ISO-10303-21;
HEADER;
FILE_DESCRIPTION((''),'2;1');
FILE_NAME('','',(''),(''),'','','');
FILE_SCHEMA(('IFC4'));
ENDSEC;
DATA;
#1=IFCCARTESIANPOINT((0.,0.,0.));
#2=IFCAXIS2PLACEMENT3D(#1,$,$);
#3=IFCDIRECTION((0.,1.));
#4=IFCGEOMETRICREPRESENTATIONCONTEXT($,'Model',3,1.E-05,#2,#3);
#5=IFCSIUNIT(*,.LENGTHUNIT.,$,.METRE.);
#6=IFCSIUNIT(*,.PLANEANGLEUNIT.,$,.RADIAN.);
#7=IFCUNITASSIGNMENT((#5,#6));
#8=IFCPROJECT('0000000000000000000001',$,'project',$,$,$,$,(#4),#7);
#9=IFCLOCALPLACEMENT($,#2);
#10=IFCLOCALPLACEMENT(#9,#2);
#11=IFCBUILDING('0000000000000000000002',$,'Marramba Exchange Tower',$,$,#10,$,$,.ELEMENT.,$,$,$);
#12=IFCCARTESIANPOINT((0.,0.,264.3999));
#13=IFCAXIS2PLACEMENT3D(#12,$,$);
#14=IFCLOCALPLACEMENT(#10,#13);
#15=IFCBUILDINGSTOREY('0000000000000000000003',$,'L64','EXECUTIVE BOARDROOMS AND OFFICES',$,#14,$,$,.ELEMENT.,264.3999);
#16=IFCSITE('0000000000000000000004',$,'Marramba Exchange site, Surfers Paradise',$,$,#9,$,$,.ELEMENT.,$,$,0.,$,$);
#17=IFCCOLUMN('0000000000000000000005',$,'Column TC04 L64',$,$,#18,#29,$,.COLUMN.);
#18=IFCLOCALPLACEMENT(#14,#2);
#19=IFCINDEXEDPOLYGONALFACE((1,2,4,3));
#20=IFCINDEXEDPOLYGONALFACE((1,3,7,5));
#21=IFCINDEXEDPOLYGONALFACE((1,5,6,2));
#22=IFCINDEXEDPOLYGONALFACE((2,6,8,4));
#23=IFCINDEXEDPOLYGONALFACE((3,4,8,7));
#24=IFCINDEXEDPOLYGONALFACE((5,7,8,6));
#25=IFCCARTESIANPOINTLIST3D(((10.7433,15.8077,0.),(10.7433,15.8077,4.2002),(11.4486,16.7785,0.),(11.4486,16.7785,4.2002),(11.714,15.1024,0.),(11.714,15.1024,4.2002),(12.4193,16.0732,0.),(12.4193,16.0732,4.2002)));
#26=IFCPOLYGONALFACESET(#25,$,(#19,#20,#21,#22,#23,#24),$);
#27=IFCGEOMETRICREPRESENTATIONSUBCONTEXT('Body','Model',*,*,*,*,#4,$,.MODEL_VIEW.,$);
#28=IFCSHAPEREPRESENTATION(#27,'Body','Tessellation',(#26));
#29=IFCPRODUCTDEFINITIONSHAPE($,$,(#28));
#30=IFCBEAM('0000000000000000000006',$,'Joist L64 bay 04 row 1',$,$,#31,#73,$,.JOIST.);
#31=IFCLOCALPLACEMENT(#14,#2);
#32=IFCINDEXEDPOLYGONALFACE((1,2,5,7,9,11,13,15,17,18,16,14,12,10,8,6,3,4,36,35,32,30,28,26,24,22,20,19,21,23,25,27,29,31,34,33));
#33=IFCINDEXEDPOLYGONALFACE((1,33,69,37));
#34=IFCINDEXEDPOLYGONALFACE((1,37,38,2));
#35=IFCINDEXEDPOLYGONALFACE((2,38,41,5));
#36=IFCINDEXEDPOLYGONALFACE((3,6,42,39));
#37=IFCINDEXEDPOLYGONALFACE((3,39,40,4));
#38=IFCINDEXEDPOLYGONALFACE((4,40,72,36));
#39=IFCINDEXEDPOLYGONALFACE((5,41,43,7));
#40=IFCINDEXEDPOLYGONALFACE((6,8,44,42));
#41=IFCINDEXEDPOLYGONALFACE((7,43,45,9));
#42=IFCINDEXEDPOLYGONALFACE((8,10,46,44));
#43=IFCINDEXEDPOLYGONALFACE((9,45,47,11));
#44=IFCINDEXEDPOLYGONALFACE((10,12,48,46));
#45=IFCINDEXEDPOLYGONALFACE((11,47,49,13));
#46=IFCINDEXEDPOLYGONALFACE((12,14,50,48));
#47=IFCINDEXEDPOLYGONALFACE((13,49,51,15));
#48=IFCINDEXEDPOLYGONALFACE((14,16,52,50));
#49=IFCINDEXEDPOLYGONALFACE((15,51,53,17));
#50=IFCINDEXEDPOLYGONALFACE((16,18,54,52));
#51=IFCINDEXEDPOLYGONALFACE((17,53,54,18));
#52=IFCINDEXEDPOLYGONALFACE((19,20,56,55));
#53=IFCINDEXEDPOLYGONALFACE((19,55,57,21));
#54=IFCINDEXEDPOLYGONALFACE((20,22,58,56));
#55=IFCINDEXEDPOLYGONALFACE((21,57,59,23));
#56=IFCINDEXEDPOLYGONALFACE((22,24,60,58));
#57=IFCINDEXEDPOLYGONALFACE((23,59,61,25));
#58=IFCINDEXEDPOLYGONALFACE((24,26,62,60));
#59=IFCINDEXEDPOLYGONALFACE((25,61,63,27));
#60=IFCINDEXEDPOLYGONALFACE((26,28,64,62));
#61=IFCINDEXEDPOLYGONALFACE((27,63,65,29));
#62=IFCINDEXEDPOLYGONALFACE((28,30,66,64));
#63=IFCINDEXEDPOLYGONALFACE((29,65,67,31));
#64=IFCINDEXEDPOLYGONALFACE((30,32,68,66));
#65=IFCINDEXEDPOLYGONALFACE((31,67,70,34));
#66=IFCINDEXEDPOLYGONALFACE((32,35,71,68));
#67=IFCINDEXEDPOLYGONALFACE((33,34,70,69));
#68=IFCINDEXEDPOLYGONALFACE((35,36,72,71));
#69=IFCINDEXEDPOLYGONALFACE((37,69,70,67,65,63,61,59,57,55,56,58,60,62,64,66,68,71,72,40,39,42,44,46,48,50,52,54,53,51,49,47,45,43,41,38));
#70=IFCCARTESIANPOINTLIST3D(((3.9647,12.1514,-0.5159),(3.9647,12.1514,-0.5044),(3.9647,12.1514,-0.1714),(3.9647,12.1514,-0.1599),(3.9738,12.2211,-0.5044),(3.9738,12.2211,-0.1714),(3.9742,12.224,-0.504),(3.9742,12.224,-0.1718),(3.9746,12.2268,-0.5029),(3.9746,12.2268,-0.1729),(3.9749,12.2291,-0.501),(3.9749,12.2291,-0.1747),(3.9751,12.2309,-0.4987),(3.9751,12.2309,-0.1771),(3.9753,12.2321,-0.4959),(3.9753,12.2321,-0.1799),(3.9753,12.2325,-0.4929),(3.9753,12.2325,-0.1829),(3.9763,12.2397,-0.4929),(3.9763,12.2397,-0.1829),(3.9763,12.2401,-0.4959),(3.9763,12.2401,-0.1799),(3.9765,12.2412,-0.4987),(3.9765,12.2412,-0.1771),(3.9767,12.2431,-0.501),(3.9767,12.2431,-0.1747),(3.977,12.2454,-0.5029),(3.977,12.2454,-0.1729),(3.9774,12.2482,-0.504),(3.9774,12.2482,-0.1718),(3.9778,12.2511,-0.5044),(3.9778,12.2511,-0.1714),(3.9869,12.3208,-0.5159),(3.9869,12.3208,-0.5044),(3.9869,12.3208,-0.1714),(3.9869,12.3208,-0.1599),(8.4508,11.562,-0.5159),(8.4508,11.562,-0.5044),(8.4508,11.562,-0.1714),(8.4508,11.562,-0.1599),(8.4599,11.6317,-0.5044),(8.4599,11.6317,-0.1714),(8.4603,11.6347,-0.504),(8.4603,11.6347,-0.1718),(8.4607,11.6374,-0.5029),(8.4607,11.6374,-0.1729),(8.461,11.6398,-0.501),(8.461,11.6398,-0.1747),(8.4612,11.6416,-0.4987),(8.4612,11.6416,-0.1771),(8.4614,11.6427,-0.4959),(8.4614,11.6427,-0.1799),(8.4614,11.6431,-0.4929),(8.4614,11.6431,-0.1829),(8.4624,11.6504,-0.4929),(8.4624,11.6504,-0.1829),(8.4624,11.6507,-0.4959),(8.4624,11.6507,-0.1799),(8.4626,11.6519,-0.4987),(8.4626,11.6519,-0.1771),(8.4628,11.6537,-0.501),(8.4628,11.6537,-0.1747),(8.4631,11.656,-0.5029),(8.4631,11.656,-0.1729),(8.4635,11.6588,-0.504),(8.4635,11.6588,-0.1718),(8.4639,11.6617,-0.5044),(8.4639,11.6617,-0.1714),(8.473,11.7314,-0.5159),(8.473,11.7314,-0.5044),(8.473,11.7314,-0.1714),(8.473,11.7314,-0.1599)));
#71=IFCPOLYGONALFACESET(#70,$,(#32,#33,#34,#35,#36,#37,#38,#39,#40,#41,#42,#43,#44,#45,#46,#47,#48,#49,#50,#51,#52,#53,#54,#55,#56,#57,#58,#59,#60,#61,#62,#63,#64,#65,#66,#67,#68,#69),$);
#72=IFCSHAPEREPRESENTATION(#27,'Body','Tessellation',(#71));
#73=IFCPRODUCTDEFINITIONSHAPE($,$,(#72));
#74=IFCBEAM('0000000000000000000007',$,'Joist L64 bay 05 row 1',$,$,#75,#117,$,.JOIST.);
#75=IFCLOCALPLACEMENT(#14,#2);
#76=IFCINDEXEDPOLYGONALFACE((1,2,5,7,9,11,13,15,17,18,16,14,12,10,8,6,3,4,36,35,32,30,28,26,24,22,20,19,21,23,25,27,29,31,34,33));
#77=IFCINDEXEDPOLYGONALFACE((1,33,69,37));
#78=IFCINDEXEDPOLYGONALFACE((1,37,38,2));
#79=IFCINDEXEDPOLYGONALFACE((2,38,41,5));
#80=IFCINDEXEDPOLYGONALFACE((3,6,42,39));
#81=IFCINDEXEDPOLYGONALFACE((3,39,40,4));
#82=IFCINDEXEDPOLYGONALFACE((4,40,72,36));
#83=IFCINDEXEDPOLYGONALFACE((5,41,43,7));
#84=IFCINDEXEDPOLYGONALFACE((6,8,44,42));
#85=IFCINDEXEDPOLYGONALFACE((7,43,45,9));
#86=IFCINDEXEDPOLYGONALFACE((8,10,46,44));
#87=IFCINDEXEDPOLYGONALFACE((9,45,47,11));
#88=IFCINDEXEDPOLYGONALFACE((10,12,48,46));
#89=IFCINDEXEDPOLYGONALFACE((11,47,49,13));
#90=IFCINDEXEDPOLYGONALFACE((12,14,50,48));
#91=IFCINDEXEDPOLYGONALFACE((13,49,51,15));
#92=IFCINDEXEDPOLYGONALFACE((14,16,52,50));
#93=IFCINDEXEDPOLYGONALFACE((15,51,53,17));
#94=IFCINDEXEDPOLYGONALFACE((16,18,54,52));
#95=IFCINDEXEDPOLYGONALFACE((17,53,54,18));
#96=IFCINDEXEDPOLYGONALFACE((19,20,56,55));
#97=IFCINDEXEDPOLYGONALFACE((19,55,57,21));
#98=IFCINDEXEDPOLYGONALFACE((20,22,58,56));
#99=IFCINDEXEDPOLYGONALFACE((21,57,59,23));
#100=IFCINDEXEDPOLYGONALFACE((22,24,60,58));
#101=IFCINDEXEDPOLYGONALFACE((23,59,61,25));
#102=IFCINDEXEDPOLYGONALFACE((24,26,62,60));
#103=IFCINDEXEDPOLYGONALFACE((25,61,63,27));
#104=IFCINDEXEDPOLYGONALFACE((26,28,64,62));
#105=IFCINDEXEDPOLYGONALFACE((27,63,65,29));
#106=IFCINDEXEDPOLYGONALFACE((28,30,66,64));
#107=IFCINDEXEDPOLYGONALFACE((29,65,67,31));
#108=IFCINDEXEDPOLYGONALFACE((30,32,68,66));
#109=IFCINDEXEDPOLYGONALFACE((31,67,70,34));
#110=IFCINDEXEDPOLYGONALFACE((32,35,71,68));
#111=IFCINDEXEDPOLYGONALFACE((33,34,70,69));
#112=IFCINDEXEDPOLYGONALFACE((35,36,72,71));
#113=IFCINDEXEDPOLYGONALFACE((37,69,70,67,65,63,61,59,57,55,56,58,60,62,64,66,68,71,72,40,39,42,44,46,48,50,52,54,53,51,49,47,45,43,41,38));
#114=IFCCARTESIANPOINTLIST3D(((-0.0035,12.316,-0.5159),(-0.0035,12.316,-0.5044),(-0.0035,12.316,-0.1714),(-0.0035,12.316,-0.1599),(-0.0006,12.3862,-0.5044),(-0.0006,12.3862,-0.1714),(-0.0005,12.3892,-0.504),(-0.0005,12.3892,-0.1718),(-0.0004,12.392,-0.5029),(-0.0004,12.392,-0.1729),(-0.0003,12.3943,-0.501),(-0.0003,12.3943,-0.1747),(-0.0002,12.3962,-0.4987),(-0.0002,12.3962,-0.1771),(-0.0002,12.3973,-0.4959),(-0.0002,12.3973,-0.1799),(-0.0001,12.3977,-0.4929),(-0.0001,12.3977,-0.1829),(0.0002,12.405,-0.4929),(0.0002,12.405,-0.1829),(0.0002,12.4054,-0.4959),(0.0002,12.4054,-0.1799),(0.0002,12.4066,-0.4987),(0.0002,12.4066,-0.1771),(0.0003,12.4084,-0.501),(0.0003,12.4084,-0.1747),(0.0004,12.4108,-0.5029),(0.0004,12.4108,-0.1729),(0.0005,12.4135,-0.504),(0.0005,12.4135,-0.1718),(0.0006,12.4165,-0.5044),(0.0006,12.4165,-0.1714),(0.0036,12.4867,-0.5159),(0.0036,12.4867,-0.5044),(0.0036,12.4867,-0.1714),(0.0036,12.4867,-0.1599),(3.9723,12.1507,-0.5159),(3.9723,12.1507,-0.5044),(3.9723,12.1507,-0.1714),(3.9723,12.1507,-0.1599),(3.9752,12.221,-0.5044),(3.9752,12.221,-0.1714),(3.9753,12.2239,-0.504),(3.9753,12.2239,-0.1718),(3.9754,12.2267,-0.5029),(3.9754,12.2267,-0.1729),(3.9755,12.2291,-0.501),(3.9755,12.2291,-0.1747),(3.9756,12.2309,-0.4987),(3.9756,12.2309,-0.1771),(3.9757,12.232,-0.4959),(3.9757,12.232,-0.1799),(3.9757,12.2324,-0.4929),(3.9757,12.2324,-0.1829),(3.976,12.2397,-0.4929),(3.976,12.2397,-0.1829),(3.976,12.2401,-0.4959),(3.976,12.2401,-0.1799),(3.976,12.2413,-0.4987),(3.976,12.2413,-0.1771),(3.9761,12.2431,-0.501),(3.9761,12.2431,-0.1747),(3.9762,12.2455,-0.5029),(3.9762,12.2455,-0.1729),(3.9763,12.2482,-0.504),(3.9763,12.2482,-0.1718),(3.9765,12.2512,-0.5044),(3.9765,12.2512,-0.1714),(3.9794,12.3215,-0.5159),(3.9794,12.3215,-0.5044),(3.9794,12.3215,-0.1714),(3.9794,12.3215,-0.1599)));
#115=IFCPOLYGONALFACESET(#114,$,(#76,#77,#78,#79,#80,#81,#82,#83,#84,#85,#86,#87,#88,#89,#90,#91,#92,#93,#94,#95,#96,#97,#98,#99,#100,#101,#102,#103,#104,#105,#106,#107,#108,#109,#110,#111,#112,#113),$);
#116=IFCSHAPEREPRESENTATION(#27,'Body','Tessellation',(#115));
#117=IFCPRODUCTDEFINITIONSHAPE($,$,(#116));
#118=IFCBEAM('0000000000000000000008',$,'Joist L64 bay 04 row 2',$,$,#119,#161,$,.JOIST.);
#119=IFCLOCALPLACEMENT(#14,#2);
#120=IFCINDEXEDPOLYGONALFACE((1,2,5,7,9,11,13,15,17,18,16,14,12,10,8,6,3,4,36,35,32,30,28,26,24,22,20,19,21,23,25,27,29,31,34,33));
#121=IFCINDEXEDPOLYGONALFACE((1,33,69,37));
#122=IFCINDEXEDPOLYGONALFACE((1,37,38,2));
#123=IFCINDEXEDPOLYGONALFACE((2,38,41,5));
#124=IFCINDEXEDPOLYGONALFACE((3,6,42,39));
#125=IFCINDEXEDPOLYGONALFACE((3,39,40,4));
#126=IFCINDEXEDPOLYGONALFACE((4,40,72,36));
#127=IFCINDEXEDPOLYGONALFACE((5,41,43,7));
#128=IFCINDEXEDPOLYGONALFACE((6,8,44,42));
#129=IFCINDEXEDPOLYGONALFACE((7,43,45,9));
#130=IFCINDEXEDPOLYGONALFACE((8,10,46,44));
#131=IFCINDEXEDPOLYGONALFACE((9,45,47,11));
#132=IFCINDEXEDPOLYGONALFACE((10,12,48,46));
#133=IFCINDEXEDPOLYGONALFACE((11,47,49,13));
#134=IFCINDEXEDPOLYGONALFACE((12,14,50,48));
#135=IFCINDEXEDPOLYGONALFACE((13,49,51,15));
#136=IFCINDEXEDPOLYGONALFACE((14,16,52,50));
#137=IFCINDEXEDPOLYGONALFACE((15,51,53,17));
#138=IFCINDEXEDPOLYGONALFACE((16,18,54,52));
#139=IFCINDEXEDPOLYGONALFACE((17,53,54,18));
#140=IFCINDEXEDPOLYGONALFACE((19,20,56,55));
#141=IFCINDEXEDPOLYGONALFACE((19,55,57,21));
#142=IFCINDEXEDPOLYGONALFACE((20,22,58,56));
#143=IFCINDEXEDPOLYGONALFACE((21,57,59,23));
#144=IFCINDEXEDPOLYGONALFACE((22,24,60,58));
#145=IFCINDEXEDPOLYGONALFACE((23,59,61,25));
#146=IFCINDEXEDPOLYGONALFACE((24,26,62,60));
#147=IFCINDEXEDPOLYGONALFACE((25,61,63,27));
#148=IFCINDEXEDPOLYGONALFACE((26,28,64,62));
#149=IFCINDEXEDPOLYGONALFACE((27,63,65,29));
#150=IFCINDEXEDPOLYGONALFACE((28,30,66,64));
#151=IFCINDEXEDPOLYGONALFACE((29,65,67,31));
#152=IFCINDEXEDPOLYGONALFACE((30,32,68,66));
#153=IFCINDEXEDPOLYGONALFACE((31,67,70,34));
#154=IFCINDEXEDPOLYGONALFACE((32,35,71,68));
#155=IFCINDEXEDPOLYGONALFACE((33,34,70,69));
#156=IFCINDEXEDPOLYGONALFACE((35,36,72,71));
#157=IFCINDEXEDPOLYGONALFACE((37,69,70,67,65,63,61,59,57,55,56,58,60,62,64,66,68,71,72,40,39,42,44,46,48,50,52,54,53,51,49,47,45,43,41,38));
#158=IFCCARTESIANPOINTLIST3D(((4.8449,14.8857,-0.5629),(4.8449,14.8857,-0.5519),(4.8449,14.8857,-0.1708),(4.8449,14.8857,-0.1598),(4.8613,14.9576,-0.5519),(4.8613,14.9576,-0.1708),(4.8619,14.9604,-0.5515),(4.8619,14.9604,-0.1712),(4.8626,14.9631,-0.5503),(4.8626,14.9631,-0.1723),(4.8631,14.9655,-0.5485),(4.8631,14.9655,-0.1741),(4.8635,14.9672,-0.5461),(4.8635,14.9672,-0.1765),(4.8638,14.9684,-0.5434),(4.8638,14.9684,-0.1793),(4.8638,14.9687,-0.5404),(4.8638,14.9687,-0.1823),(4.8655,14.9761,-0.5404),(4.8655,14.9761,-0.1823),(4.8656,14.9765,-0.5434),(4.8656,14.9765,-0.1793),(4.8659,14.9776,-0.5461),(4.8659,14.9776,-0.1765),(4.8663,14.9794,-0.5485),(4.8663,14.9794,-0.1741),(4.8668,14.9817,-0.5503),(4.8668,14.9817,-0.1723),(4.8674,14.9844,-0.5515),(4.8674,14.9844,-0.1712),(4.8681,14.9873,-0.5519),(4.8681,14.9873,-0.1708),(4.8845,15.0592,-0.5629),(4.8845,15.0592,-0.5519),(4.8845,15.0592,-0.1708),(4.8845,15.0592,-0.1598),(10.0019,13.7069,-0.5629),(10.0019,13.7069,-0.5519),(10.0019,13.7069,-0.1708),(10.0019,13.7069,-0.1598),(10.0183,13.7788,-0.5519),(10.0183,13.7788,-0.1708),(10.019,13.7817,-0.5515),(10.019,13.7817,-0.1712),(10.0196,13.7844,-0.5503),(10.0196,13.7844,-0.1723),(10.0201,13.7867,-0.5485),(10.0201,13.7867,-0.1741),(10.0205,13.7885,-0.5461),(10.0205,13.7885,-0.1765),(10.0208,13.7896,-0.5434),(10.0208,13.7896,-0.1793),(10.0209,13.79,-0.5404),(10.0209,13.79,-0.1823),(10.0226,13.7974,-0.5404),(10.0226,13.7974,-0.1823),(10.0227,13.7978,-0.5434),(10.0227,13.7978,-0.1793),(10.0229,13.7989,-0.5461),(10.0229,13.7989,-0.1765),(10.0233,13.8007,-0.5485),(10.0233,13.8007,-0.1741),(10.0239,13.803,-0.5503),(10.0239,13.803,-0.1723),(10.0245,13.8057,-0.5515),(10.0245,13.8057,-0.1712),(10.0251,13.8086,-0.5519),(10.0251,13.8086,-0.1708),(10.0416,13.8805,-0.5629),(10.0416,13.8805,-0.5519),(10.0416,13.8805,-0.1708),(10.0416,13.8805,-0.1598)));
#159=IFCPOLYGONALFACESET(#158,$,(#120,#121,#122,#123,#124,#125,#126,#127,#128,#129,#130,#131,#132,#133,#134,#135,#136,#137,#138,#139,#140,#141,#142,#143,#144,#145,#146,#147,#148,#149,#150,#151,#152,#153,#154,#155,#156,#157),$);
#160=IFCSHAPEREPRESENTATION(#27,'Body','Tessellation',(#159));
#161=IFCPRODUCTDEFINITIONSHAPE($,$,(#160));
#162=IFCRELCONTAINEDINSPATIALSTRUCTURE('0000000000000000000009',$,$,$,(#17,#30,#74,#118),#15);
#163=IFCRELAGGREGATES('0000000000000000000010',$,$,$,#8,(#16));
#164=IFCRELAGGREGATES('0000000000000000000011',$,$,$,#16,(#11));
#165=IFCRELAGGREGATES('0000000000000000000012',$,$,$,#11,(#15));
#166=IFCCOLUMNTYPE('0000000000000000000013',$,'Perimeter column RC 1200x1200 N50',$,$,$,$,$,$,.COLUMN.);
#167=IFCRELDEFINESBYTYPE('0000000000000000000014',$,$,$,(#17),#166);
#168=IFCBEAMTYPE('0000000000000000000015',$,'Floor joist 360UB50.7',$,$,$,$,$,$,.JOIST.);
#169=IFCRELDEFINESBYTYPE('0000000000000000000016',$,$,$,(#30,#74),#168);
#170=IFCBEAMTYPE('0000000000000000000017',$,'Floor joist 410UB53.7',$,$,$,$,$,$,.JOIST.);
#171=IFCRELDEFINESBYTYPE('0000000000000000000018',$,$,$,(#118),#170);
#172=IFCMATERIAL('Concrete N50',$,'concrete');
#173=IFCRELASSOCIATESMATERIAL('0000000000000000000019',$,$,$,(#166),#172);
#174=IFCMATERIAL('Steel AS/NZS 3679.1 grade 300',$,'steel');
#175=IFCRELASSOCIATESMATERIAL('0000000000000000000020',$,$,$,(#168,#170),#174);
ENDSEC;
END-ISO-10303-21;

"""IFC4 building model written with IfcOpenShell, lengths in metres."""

from ifc_helpers import new_model, si_unit, direction, frame, origin, origin_2d, place, context, subcontext, project, spatial, rectangle, i_section, extrude, material, material_profile, profile_set, type_object, element, save


model = new_model("IFC4")

# Units and contexts
model_context = context("Model", 3, precision=1e-05, world=origin(), true_north=direction((0.0, 1.0)))
body_context = subcontext(model_context, "Body", "Model", "MODEL_VIEW")
ifc_project = project(units=[si_unit("LENGTHUNIT", "METRE"), si_unit("PLANEANGLEUNIT", "RADIAN")], contexts=[model_context])

# Site, building, storey
site_placement = place(None, origin())
site = spatial("IfcSite", under=ifc_project, at=site_placement, Name="Marramba Exchange site, Surfers Paradise", CompositionType="ELEMENT", RefElevation=0.0)
building_placement = place(site_placement, origin())
building = spatial("IfcBuilding", under=site, at=building_placement, Name="Marramba Exchange Tower", CompositionType="ELEMENT")
storey_placement = place(building_placement, frame((0.0, 0.0, 264.3999)))
storey = spatial("IfcBuildingStorey", under=building, at=storey_placement, Name="L64", Description="EXECUTIVE BOARDROOMS AND OFFICES", CompositionType="ELEMENT", Elevation=264.3999)

# Column
ifc_material_1 = material(Name="Concrete N50", Category="concrete")
ifc_material_profile_1 = material_profile(ifc_material_1, rectangle(XDim=1.2, YDim=1.2, at=origin_2d()), Name="RC 1200x1200")
ifc_profile_set_1 = profile_set([ifc_material_profile_1], Name="Concrete N50")
column_type = type_object("IfcColumnType", Name="Perimeter column RC 1200x1200 N50", PredefinedType="COLUMN", material=ifc_profile_set_1)
column_placement = place(storey_placement, frame((11.5813, 15.9404, 0.0), z_axis=(0.0, 0.0, 1.0), x_axis=(0.587785, 0.809017, 0.0)))
element("IfcColumn", 1, at=column_placement, inside=storey, type_object=column_type, Name="Column TC04 L64", PredefinedType="COLUMN", context=body_context, shape_type="SweptSolid", body=[
    extrude(rectangle(XDim=1.2, YDim=1.2, at=origin_2d()), origin(), (0.0, 0.0, 1.0), 4.2002),
])

# Beams
ifc_material_2 = material(Name="Steel AS/NZS 3679.1 grade 300", Category="steel")
ifc_material_profile_2 = material_profile(ifc_material_2, i_section(OverallWidth=0.1709, OverallDepth=0.356, WebThickness=0.0073, FlangeThickness=0.0115, FilletRadius=0.0115, at=origin_2d()), Name="360UB50.7")
ifc_profile_set_2 = profile_set([ifc_material_profile_2], Name="Steel AS/NZS 3679.1 grade 300")
beam_type_1 = type_object("IfcBeamType", Name="Floor joist 360UB50.7", PredefinedType="JOIST", material=ifc_profile_set_2)
beam_1_placement = place(storey_placement, frame((8.4619, 11.6467, -0.3379), z_axis=(-0.991481, 0.130255, 0.0), x_axis=(-0.130255, -0.991481, 0.0)))
element("IfcBeam", 2, at=beam_1_placement, inside=storey, type_object=beam_type_1, Name="Joist L64 bay 04 row 1", PredefinedType="JOIST", context=body_context, shape_type="SweptSolid", body=[
    extrude(i_section(OverallWidth=0.1709, OverallDepth=0.356, WebThickness=0.0073, FlangeThickness=0.0115, FilletRadius=0.0115, at=origin_2d()), origin(), (0.0, 0.0, 1.0), 4.5247),
])
beam_2_placement = place(storey_placement, frame((3.9758, 12.2361, -0.3379), z_axis=(-0.999137, 0.041536, 0.0), x_axis=(-0.041536, -0.999137, 0.0)))
element("IfcBeam", 3, at=beam_2_placement, inside=storey, type_object=beam_type_1, Name="Joist L64 bay 05 row 1", PredefinedType="JOIST", context=body_context, shape_type="SweptSolid", body=[
    extrude(i_section(OverallWidth=0.1709, OverallDepth=0.356, WebThickness=0.0073, FlangeThickness=0.0115, FilletRadius=0.0115, at=origin_2d()), origin(), (0.0, 0.0, 1.0), 3.9792),
])
ifc_material_profile_3 = material_profile(ifc_material_2, i_section(OverallWidth=0.178, OverallDepth=0.4031, WebThickness=0.0076, FlangeThickness=0.011, FilletRadius=0.0115, at=origin_2d()), Name="410UB53.7")
ifc_profile_set_3 = profile_set([ifc_material_profile_3], Name="Steel AS/NZS 3679.1 grade 300")
beam_type_2 = type_object("IfcBeamType", Name="Floor joist 410UB53.7", PredefinedType="JOIST", material=ifc_profile_set_3)
beam_3_placement = place(storey_placement, frame((10.0217, 13.7937, -0.3613), z_axis=(-0.97486, 0.22282, 0.0), x_axis=(-0.22282, -0.97486, 0.0)))
element("IfcBeam", 4, at=beam_3_placement, inside=storey, type_object=beam_type_2, Name="Joist L64 bay 04 row 2", PredefinedType="JOIST", context=body_context, shape_type="SweptSolid", body=[
    extrude(i_section(OverallWidth=0.178, OverallDepth=0.4031, WebThickness=0.0076, FlangeThickness=0.011, FilletRadius=0.0115, at=origin_2d()), origin(), (0.0, 0.0, 1.0), 5.29),
])

save(model, "model.ifc")
